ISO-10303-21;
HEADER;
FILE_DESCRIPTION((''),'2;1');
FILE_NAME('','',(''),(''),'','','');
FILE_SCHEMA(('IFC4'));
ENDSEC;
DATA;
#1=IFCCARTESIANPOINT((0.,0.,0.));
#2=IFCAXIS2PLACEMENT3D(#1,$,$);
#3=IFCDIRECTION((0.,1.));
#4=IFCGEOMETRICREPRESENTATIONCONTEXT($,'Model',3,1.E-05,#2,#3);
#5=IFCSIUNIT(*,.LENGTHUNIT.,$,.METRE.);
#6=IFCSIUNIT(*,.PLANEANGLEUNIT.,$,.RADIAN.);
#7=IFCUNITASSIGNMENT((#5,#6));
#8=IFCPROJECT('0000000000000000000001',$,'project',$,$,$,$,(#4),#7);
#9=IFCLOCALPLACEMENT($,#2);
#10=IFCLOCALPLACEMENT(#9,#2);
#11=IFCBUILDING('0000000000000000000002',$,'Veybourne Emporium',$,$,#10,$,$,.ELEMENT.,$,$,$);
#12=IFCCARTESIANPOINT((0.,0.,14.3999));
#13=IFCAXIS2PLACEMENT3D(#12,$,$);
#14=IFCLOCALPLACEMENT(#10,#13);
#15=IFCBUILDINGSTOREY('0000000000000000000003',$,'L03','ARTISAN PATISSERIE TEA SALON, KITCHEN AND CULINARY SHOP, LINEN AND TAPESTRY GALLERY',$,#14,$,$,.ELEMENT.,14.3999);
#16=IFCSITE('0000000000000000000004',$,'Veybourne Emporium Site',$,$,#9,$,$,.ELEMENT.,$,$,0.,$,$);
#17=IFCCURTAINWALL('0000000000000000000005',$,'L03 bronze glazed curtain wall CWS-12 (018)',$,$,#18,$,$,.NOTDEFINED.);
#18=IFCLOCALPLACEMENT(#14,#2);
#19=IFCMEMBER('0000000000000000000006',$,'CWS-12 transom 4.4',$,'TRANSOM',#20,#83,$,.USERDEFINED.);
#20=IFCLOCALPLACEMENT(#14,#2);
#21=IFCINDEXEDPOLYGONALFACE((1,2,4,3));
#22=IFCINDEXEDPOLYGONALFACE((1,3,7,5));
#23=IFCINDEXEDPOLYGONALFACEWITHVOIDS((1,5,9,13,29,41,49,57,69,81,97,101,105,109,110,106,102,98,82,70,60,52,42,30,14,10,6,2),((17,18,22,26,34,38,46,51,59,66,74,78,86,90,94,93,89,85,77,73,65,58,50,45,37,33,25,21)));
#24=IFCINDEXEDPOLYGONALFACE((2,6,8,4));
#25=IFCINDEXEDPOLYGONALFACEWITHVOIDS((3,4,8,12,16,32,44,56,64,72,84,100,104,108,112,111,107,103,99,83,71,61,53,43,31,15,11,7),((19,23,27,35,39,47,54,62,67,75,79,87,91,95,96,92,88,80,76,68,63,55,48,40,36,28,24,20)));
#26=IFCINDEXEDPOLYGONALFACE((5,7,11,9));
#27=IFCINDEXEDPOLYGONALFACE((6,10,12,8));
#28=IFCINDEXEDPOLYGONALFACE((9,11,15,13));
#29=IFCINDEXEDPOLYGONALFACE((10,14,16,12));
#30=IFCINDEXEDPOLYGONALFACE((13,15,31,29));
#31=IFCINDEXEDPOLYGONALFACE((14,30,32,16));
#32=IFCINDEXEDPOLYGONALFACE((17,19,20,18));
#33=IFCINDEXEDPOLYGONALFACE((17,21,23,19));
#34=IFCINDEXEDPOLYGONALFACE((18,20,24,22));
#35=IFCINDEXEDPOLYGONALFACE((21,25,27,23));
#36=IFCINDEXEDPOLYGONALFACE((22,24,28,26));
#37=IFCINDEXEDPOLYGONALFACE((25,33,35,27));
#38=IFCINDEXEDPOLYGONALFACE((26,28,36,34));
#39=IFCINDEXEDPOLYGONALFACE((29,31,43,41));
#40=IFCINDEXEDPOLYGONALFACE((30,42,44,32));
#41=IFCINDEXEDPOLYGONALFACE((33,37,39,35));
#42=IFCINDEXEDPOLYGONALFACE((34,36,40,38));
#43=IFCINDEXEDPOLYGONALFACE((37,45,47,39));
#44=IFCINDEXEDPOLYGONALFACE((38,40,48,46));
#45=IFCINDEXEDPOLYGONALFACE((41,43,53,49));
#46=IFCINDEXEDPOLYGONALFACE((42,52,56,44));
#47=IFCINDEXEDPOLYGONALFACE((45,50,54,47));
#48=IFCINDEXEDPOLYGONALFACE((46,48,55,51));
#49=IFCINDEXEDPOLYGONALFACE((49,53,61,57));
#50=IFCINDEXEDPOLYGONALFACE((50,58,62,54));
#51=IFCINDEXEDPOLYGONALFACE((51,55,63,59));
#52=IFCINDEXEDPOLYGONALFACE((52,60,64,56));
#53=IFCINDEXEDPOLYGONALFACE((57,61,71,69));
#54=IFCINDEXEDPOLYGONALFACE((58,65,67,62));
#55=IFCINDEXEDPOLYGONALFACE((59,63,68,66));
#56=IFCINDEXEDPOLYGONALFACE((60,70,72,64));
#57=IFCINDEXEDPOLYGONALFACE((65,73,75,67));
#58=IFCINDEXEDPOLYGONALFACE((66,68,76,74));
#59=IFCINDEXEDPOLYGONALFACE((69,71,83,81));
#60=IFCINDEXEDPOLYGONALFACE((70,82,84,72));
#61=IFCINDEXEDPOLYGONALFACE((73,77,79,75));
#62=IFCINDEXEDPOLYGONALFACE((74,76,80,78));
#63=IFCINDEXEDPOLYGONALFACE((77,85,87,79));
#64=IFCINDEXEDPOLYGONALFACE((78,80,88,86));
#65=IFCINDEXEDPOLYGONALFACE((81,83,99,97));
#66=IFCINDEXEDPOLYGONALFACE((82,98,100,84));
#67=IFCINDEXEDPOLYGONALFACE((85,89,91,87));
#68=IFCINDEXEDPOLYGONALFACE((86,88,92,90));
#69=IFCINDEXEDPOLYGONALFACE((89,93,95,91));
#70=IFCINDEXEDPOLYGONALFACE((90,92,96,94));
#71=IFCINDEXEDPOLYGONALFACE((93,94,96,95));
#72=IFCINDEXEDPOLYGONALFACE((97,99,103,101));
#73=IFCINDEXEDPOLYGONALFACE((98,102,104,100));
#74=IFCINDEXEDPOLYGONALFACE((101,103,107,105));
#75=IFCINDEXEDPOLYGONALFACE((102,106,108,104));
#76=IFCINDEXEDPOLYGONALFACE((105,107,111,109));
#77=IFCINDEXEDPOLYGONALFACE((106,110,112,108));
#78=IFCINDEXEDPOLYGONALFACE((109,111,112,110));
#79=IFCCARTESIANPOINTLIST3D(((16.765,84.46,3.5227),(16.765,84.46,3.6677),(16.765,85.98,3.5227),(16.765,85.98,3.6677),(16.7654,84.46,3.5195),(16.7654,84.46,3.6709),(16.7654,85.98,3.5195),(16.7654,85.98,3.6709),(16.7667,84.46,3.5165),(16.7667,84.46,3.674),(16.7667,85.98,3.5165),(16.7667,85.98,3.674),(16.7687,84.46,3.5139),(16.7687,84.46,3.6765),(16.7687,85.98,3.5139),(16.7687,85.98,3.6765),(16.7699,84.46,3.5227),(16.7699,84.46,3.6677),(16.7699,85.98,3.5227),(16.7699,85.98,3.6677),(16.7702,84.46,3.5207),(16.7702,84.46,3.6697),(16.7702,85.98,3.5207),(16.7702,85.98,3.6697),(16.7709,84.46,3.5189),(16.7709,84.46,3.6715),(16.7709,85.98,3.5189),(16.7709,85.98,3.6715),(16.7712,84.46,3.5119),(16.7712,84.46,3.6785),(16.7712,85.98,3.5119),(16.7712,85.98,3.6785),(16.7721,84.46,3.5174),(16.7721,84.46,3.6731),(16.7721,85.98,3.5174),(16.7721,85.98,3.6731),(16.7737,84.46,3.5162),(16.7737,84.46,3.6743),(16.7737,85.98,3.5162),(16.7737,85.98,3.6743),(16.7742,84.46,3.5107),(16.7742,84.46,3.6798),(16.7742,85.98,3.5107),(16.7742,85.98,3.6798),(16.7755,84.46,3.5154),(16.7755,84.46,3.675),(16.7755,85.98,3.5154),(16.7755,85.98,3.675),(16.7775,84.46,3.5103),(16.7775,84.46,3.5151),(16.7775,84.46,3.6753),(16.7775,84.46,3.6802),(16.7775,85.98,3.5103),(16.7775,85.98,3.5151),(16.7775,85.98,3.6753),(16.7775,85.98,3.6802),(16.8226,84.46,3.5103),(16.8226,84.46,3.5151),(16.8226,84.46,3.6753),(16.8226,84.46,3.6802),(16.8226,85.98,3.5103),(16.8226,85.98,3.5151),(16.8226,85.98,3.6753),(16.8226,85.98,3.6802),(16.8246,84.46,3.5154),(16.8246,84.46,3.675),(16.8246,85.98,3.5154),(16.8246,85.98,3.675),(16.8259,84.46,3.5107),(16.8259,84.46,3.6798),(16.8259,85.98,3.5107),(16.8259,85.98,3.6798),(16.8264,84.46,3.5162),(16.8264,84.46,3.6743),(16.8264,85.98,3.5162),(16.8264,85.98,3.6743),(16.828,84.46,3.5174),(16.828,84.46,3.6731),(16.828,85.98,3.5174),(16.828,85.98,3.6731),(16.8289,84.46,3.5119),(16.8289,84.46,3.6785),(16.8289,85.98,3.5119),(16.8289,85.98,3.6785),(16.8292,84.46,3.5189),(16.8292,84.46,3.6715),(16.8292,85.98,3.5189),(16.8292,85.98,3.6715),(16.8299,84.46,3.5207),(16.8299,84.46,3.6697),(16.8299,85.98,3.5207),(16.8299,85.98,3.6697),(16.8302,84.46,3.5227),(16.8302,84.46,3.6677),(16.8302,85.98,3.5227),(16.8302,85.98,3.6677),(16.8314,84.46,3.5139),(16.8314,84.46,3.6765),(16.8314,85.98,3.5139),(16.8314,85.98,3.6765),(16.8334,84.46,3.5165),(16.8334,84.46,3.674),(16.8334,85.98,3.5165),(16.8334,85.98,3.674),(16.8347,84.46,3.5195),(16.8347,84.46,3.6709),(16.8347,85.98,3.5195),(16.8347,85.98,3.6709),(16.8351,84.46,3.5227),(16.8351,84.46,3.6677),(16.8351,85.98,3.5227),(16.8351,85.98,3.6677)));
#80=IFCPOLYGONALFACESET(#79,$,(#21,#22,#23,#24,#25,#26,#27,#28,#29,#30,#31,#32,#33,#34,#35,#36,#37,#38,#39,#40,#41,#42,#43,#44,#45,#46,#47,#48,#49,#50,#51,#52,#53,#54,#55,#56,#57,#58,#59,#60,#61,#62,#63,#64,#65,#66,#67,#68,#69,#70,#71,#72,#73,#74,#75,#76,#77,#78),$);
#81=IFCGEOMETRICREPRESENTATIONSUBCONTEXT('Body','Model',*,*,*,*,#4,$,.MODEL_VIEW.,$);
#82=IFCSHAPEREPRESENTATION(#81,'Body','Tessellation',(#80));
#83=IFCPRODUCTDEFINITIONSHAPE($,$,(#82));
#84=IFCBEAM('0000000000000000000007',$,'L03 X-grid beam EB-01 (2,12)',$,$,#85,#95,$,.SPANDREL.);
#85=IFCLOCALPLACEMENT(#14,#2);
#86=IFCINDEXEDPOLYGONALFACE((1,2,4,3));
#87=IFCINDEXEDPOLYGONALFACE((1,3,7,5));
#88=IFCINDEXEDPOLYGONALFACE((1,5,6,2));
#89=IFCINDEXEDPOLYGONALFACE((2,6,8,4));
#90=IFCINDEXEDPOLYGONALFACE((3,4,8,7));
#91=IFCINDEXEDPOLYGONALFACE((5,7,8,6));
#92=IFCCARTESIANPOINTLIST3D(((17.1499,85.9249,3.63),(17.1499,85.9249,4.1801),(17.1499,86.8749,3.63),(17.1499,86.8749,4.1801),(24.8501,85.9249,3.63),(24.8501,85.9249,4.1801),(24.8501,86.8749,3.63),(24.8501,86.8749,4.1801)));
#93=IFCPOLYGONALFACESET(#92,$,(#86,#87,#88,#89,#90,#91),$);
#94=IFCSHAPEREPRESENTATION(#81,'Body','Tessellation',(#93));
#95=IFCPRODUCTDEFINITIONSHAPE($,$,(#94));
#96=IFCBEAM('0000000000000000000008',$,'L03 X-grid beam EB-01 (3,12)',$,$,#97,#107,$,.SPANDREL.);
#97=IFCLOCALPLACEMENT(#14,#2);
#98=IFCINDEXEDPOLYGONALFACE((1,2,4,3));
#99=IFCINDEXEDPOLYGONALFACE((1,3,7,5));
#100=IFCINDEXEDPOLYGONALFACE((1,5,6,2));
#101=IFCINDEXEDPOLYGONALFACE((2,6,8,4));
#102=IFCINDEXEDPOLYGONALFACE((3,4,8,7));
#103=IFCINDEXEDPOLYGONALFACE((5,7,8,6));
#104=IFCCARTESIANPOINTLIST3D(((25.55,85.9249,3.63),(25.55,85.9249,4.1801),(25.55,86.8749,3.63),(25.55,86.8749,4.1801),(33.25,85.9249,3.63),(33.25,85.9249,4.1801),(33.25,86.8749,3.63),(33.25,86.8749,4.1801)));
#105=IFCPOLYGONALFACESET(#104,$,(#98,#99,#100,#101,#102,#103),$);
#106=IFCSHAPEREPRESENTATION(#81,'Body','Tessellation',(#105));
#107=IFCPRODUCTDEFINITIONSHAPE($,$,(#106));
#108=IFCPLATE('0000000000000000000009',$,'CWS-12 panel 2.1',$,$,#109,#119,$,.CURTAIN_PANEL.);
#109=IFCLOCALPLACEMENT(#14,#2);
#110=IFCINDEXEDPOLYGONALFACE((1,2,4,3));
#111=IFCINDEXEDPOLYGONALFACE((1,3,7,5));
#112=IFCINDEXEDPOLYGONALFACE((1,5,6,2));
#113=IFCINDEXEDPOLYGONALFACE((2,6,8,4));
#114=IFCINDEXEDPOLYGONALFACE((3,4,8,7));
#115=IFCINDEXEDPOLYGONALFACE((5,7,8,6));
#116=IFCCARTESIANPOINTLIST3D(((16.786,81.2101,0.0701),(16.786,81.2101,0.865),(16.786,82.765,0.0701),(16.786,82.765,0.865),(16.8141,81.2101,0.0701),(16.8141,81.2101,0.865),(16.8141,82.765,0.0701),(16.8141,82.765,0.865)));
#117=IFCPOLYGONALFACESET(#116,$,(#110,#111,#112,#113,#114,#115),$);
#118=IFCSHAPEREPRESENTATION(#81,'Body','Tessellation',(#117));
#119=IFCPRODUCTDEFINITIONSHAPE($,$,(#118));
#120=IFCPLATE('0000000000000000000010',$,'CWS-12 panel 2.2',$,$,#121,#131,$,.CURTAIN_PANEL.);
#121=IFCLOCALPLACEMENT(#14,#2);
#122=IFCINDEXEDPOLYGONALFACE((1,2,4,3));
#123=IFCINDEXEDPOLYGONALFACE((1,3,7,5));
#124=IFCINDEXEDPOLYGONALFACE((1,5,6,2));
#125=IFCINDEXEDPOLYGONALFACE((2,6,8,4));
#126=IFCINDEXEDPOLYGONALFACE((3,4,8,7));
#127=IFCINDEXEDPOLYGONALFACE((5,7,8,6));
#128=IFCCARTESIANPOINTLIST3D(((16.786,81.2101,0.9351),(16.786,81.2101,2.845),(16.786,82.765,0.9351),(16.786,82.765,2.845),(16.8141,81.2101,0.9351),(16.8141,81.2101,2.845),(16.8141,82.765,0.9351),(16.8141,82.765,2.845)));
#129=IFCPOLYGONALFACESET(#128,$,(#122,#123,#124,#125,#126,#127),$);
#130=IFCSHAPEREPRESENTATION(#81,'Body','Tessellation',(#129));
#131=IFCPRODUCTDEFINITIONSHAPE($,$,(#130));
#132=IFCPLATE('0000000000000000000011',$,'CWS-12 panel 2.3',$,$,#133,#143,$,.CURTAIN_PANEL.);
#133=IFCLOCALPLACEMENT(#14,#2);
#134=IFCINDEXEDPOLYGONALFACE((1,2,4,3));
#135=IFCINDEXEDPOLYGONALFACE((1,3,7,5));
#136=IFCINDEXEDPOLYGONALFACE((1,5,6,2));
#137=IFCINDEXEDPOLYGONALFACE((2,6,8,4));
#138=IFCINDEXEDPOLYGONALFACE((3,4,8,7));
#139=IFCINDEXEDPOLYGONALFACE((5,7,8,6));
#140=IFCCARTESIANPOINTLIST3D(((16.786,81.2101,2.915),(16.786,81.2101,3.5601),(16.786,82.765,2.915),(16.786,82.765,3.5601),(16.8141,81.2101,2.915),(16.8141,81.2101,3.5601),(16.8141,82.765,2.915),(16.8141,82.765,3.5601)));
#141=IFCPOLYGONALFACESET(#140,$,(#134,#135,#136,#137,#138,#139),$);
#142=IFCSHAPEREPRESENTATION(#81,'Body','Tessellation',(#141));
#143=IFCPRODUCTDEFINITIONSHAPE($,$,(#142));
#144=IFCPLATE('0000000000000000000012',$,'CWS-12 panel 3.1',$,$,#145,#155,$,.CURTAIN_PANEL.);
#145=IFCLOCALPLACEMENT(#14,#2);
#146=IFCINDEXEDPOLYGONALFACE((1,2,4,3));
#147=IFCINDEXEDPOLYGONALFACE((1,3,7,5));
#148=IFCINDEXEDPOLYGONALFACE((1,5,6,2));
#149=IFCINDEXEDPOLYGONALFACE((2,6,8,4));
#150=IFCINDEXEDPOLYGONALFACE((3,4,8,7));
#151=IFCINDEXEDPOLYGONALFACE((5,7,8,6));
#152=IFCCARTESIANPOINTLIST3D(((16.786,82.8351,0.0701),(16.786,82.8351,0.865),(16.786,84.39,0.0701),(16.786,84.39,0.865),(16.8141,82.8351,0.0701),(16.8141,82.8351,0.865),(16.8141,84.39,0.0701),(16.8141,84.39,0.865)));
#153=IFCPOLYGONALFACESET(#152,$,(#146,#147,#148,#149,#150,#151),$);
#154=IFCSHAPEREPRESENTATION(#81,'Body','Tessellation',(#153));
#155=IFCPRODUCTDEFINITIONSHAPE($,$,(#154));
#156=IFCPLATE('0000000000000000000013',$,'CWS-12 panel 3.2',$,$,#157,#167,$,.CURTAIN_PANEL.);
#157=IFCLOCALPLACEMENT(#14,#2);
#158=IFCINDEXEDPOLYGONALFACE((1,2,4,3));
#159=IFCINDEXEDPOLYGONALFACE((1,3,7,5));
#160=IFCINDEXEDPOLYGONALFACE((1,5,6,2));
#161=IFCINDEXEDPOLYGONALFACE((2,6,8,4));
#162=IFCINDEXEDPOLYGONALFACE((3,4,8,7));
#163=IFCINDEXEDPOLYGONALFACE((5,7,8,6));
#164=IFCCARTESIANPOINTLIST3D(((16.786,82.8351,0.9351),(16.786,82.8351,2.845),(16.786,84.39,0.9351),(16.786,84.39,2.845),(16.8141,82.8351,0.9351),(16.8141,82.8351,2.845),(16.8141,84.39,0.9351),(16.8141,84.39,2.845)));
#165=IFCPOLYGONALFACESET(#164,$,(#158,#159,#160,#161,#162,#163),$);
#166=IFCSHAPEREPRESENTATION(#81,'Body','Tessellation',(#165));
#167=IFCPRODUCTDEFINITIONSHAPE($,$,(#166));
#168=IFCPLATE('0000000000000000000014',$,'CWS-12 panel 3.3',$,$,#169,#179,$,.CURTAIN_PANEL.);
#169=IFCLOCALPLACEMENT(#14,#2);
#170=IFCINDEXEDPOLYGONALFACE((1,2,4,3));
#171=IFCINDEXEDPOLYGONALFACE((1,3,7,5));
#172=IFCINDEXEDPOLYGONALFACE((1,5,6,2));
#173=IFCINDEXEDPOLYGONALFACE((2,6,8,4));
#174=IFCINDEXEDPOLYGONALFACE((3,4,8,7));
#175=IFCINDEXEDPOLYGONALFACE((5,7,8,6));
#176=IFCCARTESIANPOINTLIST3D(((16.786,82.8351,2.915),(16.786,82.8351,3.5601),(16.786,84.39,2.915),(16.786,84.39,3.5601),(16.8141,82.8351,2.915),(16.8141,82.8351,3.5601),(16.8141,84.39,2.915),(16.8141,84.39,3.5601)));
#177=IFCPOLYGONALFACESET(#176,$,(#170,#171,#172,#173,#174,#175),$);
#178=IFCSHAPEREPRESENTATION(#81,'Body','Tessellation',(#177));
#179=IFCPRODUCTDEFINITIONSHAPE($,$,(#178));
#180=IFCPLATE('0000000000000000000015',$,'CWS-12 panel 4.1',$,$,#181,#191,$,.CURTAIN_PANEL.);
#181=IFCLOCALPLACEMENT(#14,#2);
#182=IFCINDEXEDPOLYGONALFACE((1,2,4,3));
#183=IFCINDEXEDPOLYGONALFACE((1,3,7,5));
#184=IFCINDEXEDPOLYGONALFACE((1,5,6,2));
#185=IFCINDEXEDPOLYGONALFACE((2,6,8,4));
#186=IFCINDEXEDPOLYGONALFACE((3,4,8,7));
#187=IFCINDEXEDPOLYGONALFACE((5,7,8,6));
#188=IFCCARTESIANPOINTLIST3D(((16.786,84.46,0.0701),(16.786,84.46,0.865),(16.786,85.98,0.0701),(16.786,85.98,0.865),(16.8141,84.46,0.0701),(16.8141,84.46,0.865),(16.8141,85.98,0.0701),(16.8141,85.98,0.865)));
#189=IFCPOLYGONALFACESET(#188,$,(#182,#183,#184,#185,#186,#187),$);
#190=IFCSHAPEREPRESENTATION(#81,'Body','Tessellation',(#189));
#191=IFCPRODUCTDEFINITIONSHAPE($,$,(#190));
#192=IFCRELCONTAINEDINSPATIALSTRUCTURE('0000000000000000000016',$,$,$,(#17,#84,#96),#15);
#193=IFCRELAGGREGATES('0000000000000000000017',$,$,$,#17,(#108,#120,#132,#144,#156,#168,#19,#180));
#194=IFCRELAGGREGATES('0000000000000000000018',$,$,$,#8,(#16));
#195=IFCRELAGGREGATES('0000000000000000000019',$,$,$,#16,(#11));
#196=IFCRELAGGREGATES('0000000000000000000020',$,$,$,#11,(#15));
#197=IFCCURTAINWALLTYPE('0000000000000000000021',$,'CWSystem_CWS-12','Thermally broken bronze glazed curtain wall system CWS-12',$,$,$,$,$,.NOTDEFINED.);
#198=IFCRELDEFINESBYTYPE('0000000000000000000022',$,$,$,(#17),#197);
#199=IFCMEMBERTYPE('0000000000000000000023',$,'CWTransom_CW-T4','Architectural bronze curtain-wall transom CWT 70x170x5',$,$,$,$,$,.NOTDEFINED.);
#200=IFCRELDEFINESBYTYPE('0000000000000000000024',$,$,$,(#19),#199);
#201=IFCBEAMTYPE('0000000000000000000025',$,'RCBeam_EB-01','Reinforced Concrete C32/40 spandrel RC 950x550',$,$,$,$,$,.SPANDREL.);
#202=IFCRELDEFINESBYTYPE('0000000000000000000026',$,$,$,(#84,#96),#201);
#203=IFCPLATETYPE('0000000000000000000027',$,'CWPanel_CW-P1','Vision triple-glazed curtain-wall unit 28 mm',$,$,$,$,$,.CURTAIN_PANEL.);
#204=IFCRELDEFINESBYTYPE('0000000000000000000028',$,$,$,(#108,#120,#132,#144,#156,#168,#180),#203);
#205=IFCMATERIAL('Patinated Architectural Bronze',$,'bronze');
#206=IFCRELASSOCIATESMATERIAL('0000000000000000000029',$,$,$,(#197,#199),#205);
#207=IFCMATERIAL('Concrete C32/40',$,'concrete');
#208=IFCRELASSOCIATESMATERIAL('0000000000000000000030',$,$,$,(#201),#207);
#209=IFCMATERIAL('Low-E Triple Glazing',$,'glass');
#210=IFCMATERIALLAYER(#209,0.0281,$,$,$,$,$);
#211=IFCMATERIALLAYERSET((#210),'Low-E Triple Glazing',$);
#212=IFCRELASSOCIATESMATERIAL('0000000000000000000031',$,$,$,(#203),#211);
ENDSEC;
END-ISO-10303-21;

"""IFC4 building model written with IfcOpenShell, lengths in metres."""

from ifc_helpers import new_model, si_unit, direction, frame, origin, origin_2d, place, context, subcontext, project, spatial, rectangle, hollow_rectangle, extrude, material, layer, layer_set, material_profile, profile_set, type_object, element, aggregate, save


model = new_model("IFC4")

# Units and contexts
model_context = context("Model", 3, precision=1e-05, world=origin(), true_north=direction((0.0, 1.0)))
body_context = subcontext(model_context, "Body", "Model", "MODEL_VIEW")
ifc_project = project(units=[si_unit("LENGTHUNIT", "METRE"), si_unit("PLANEANGLEUNIT", "RADIAN")], contexts=[model_context])

# Site, building, storey
site_placement = place(None, origin())
site = spatial("IfcSite", under=ifc_project, at=site_placement, Name="Veybourne Emporium Site", CompositionType="ELEMENT", RefElevation=0.0)
building_placement = place(site_placement, origin())
building = spatial("IfcBuilding", under=site, at=building_placement, Name="Veybourne Emporium", CompositionType="ELEMENT")
storey_placement = place(building_placement, frame((0.0, 0.0, 14.3999)))
storey = spatial("IfcBuildingStorey", under=building, at=storey_placement, Name="L03", Description="ARTISAN PATISSERIE TEA SALON, KITCHEN AND CULINARY SHOP, LINEN AND TAPESTRY GALLERY", CompositionType="ELEMENT", Elevation=14.3999)

# Curtain wall, member
ifc_material_1 = material(Name="Patinated Architectural Bronze", Category="bronze")
curtain_wall_type = type_object("IfcCurtainWallType", Name="CWSystem_CWS-12", Description="Thermally broken bronze glazed curtain wall system CWS-12", PredefinedType="NOTDEFINED", material=ifc_material_1)
curtain_wall_placement = place(storey_placement, origin())
curtain_wall = element("IfcCurtainWall", 1, at=curtain_wall_placement, inside=storey, type_object=curtain_wall_type, Name="L03 bronze glazed curtain wall CWS-12 (018)", PredefinedType="NOTDEFINED")
ifc_material_profile_1 = material_profile(ifc_material_1, hollow_rectangle(XDim=0.0701, YDim=0.1699, WallThickness=0.0049, InnerFilletRadius=0.0076, OuterFilletRadius=0.0125, at=origin_2d()), Name="CWT 70x170x5")
ifc_profile_set_1 = profile_set([ifc_material_profile_1], Name="Patinated Architectural Bronze")
member_type_1 = type_object("IfcMemberType", Name="CWTransom_CW-T4", Description="Architectural bronze curtain-wall transom CWT 70x170x5", PredefinedType="NOTDEFINED", material=ifc_profile_set_1)
member_1_placement = place(storey_placement, frame((16.8, 84.46, 3.5952), z_axis=(0.0, 1.0, 0.0), x_axis=(-1.0, 0.0, 0.0)))
member_1 = element("IfcMember", 2, at=member_1_placement, type_object=member_type_1, Name="CWS-12 transom 4.4", ObjectType="TRANSOM", PredefinedType="USERDEFINED", context=body_context, shape_type="SweptSolid", body=[
    extrude(hollow_rectangle(XDim=0.0701, YDim=0.1699, WallThickness=0.0049, InnerFilletRadius=0.0076, OuterFilletRadius=0.0125, at=origin_2d()), origin(), (0.0, 0.0, 1.0), 1.52),
])

# Beams
ifc_material_2 = material(Name="Concrete C32/40", Category="concrete")
ifc_material_profile_2 = material_profile(ifc_material_2, rectangle(XDim=0.95, YDim=0.55, at=origin_2d()), Name="RC 950x550")
ifc_profile_set_2 = profile_set([ifc_material_profile_2], Name="Concrete C32/40")
beam_type = type_object("IfcBeamType", Name="RCBeam_EB-01", Description="Reinforced Concrete C32/40 spandrel RC 950x550", PredefinedType="SPANDREL", material=ifc_profile_set_2)
beam_1_placement = place(storey_placement, frame((17.1499, 86.3999, 3.905), z_axis=(1.0, 0.0, 0.0), x_axis=(0.0, 1.0, 0.0)))
element("IfcBeam", 3, at=beam_1_placement, inside=storey, type_object=beam_type, Name="L03 X-grid beam EB-01 (2,12)", PredefinedType="SPANDREL", context=body_context, shape_type="SweptSolid", body=[
    extrude(rectangle(XDim=0.95, YDim=0.55, at=origin_2d()), origin(), (0.0, 0.0, 1.0), 7.7002),
])
beam_2_placement = place(storey_placement, frame((25.55, 86.3999, 3.905), z_axis=(1.0, 0.0, 0.0), x_axis=(0.0, 1.0, 0.0)))
element("IfcBeam", 4, at=beam_2_placement, inside=storey, type_object=beam_type, Name="L03 X-grid beam EB-01 (3,12)", PredefinedType="SPANDREL", context=body_context, shape_type="SweptSolid", body=[
    extrude(rectangle(XDim=0.95, YDim=0.55, at=origin_2d()), origin(), (0.0, 0.0, 1.0), 7.7),
])

# Plates
ifc_material_3 = material(Name="Low-E Triple Glazing", Category="glass")
ifc_layer_1 = layer(ifc_material_3, 0.0281)
ifc_layer_set_1 = layer_set([ifc_layer_1], Name="Low-E Triple Glazing")
plate_type = type_object("IfcPlateType", Name="CWPanel_CW-P1", Description="Vision triple-glazed curtain-wall unit 28 mm", PredefinedType="CURTAIN_PANEL", material=ifc_layer_set_1)
plate_1_placement = place(storey_placement, frame((16.8, 81.9875, 0.0701), z_axis=(0.0, 0.0, 1.0), x_axis=(0.0, 1.0, 0.0)))
plate_1 = element("IfcPlate", 5, at=plate_1_placement, type_object=plate_type, Name="CWS-12 panel 2.1", PredefinedType="CURTAIN_PANEL", context=body_context, shape_type="SweptSolid", body=[
    extrude(rectangle(XDim=1.5549, YDim=0.0281, at=origin_2d()), origin(), (0.0, 0.0, 1.0), 0.7949),
])
plate_2_placement = place(storey_placement, frame((16.8, 81.9875, 0.9351), z_axis=(0.0, 0.0, 1.0), x_axis=(0.0, 1.0, 0.0)))
plate_2 = element("IfcPlate", 6, at=plate_2_placement, type_object=plate_type, Name="CWS-12 panel 2.2", PredefinedType="CURTAIN_PANEL", context=body_context, shape_type="SweptSolid", body=[
    extrude(rectangle(XDim=1.5549, YDim=0.0281, at=origin_2d()), origin(), (0.0, 0.0, 1.0), 1.9099),
])
plate_3_placement = place(storey_placement, frame((16.8, 81.9875, 2.915), z_axis=(0.0, 0.0, 1.0), x_axis=(0.0, 1.0, 0.0)))
plate_3 = element("IfcPlate", 7, at=plate_3_placement, type_object=plate_type, Name="CWS-12 panel 2.3", PredefinedType="CURTAIN_PANEL", context=body_context, shape_type="SweptSolid", body=[
    extrude(rectangle(XDim=1.5549, YDim=0.0281, at=origin_2d()), origin(), (0.0, 0.0, 1.0), 0.645),
])
plate_4_placement = place(storey_placement, frame((16.8, 83.6125, 0.0701), z_axis=(0.0, 0.0, 1.0), x_axis=(0.0, 1.0, 0.0)))
plate_4 = element("IfcPlate", 8, at=plate_4_placement, type_object=plate_type, Name="CWS-12 panel 3.1", PredefinedType="CURTAIN_PANEL", context=body_context, shape_type="SweptSolid", body=[
    extrude(rectangle(XDim=1.5549, YDim=0.0281, at=origin_2d()), origin(), (0.0, 0.0, 1.0), 0.7949),
])
plate_5_placement = place(storey_placement, frame((16.8, 83.6125, 0.9351), z_axis=(0.0, 0.0, 1.0), x_axis=(0.0, 1.0, 0.0)))
plate_5 = element("IfcPlate", 9, at=plate_5_placement, type_object=plate_type, Name="CWS-12 panel 3.2", PredefinedType="CURTAIN_PANEL", context=body_context, shape_type="SweptSolid", body=[
    extrude(rectangle(XDim=1.5549, YDim=0.0281, at=origin_2d()), origin(), (0.0, 0.0, 1.0), 1.9099),
])
plate_6_placement = place(storey_placement, frame((16.8, 83.6125, 2.915), z_axis=(0.0, 0.0, 1.0), x_axis=(0.0, 1.0, 0.0)))
plate_6 = element("IfcPlate", 10, at=plate_6_placement, type_object=plate_type, Name="CWS-12 panel 3.3", PredefinedType="CURTAIN_PANEL", context=body_context, shape_type="SweptSolid", body=[
    extrude(rectangle(XDim=1.5549, YDim=0.0281, at=origin_2d()), origin(), (0.0, 0.0, 1.0), 0.645),
])
plate_7_placement = place(storey_placement, frame((16.8, 85.22, 0.0701), z_axis=(0.0, 0.0, 1.0), x_axis=(0.0, 1.0, 0.0)))
plate_7 = element("IfcPlate", 11, at=plate_7_placement, type_object=plate_type, Name="CWS-12 panel 4.1", PredefinedType="CURTAIN_PANEL", context=body_context, shape_type="SweptSolid", body=[
    extrude(rectangle(XDim=1.52, YDim=0.0281, at=origin_2d()), origin(), (0.0, 0.0, 1.0), 0.7949),
])
aggregate(curtain_wall, [plate_1, plate_2, plate_3, plate_4, plate_5, plate_6, member_1, plate_7])

save(model, "model.ifc")
